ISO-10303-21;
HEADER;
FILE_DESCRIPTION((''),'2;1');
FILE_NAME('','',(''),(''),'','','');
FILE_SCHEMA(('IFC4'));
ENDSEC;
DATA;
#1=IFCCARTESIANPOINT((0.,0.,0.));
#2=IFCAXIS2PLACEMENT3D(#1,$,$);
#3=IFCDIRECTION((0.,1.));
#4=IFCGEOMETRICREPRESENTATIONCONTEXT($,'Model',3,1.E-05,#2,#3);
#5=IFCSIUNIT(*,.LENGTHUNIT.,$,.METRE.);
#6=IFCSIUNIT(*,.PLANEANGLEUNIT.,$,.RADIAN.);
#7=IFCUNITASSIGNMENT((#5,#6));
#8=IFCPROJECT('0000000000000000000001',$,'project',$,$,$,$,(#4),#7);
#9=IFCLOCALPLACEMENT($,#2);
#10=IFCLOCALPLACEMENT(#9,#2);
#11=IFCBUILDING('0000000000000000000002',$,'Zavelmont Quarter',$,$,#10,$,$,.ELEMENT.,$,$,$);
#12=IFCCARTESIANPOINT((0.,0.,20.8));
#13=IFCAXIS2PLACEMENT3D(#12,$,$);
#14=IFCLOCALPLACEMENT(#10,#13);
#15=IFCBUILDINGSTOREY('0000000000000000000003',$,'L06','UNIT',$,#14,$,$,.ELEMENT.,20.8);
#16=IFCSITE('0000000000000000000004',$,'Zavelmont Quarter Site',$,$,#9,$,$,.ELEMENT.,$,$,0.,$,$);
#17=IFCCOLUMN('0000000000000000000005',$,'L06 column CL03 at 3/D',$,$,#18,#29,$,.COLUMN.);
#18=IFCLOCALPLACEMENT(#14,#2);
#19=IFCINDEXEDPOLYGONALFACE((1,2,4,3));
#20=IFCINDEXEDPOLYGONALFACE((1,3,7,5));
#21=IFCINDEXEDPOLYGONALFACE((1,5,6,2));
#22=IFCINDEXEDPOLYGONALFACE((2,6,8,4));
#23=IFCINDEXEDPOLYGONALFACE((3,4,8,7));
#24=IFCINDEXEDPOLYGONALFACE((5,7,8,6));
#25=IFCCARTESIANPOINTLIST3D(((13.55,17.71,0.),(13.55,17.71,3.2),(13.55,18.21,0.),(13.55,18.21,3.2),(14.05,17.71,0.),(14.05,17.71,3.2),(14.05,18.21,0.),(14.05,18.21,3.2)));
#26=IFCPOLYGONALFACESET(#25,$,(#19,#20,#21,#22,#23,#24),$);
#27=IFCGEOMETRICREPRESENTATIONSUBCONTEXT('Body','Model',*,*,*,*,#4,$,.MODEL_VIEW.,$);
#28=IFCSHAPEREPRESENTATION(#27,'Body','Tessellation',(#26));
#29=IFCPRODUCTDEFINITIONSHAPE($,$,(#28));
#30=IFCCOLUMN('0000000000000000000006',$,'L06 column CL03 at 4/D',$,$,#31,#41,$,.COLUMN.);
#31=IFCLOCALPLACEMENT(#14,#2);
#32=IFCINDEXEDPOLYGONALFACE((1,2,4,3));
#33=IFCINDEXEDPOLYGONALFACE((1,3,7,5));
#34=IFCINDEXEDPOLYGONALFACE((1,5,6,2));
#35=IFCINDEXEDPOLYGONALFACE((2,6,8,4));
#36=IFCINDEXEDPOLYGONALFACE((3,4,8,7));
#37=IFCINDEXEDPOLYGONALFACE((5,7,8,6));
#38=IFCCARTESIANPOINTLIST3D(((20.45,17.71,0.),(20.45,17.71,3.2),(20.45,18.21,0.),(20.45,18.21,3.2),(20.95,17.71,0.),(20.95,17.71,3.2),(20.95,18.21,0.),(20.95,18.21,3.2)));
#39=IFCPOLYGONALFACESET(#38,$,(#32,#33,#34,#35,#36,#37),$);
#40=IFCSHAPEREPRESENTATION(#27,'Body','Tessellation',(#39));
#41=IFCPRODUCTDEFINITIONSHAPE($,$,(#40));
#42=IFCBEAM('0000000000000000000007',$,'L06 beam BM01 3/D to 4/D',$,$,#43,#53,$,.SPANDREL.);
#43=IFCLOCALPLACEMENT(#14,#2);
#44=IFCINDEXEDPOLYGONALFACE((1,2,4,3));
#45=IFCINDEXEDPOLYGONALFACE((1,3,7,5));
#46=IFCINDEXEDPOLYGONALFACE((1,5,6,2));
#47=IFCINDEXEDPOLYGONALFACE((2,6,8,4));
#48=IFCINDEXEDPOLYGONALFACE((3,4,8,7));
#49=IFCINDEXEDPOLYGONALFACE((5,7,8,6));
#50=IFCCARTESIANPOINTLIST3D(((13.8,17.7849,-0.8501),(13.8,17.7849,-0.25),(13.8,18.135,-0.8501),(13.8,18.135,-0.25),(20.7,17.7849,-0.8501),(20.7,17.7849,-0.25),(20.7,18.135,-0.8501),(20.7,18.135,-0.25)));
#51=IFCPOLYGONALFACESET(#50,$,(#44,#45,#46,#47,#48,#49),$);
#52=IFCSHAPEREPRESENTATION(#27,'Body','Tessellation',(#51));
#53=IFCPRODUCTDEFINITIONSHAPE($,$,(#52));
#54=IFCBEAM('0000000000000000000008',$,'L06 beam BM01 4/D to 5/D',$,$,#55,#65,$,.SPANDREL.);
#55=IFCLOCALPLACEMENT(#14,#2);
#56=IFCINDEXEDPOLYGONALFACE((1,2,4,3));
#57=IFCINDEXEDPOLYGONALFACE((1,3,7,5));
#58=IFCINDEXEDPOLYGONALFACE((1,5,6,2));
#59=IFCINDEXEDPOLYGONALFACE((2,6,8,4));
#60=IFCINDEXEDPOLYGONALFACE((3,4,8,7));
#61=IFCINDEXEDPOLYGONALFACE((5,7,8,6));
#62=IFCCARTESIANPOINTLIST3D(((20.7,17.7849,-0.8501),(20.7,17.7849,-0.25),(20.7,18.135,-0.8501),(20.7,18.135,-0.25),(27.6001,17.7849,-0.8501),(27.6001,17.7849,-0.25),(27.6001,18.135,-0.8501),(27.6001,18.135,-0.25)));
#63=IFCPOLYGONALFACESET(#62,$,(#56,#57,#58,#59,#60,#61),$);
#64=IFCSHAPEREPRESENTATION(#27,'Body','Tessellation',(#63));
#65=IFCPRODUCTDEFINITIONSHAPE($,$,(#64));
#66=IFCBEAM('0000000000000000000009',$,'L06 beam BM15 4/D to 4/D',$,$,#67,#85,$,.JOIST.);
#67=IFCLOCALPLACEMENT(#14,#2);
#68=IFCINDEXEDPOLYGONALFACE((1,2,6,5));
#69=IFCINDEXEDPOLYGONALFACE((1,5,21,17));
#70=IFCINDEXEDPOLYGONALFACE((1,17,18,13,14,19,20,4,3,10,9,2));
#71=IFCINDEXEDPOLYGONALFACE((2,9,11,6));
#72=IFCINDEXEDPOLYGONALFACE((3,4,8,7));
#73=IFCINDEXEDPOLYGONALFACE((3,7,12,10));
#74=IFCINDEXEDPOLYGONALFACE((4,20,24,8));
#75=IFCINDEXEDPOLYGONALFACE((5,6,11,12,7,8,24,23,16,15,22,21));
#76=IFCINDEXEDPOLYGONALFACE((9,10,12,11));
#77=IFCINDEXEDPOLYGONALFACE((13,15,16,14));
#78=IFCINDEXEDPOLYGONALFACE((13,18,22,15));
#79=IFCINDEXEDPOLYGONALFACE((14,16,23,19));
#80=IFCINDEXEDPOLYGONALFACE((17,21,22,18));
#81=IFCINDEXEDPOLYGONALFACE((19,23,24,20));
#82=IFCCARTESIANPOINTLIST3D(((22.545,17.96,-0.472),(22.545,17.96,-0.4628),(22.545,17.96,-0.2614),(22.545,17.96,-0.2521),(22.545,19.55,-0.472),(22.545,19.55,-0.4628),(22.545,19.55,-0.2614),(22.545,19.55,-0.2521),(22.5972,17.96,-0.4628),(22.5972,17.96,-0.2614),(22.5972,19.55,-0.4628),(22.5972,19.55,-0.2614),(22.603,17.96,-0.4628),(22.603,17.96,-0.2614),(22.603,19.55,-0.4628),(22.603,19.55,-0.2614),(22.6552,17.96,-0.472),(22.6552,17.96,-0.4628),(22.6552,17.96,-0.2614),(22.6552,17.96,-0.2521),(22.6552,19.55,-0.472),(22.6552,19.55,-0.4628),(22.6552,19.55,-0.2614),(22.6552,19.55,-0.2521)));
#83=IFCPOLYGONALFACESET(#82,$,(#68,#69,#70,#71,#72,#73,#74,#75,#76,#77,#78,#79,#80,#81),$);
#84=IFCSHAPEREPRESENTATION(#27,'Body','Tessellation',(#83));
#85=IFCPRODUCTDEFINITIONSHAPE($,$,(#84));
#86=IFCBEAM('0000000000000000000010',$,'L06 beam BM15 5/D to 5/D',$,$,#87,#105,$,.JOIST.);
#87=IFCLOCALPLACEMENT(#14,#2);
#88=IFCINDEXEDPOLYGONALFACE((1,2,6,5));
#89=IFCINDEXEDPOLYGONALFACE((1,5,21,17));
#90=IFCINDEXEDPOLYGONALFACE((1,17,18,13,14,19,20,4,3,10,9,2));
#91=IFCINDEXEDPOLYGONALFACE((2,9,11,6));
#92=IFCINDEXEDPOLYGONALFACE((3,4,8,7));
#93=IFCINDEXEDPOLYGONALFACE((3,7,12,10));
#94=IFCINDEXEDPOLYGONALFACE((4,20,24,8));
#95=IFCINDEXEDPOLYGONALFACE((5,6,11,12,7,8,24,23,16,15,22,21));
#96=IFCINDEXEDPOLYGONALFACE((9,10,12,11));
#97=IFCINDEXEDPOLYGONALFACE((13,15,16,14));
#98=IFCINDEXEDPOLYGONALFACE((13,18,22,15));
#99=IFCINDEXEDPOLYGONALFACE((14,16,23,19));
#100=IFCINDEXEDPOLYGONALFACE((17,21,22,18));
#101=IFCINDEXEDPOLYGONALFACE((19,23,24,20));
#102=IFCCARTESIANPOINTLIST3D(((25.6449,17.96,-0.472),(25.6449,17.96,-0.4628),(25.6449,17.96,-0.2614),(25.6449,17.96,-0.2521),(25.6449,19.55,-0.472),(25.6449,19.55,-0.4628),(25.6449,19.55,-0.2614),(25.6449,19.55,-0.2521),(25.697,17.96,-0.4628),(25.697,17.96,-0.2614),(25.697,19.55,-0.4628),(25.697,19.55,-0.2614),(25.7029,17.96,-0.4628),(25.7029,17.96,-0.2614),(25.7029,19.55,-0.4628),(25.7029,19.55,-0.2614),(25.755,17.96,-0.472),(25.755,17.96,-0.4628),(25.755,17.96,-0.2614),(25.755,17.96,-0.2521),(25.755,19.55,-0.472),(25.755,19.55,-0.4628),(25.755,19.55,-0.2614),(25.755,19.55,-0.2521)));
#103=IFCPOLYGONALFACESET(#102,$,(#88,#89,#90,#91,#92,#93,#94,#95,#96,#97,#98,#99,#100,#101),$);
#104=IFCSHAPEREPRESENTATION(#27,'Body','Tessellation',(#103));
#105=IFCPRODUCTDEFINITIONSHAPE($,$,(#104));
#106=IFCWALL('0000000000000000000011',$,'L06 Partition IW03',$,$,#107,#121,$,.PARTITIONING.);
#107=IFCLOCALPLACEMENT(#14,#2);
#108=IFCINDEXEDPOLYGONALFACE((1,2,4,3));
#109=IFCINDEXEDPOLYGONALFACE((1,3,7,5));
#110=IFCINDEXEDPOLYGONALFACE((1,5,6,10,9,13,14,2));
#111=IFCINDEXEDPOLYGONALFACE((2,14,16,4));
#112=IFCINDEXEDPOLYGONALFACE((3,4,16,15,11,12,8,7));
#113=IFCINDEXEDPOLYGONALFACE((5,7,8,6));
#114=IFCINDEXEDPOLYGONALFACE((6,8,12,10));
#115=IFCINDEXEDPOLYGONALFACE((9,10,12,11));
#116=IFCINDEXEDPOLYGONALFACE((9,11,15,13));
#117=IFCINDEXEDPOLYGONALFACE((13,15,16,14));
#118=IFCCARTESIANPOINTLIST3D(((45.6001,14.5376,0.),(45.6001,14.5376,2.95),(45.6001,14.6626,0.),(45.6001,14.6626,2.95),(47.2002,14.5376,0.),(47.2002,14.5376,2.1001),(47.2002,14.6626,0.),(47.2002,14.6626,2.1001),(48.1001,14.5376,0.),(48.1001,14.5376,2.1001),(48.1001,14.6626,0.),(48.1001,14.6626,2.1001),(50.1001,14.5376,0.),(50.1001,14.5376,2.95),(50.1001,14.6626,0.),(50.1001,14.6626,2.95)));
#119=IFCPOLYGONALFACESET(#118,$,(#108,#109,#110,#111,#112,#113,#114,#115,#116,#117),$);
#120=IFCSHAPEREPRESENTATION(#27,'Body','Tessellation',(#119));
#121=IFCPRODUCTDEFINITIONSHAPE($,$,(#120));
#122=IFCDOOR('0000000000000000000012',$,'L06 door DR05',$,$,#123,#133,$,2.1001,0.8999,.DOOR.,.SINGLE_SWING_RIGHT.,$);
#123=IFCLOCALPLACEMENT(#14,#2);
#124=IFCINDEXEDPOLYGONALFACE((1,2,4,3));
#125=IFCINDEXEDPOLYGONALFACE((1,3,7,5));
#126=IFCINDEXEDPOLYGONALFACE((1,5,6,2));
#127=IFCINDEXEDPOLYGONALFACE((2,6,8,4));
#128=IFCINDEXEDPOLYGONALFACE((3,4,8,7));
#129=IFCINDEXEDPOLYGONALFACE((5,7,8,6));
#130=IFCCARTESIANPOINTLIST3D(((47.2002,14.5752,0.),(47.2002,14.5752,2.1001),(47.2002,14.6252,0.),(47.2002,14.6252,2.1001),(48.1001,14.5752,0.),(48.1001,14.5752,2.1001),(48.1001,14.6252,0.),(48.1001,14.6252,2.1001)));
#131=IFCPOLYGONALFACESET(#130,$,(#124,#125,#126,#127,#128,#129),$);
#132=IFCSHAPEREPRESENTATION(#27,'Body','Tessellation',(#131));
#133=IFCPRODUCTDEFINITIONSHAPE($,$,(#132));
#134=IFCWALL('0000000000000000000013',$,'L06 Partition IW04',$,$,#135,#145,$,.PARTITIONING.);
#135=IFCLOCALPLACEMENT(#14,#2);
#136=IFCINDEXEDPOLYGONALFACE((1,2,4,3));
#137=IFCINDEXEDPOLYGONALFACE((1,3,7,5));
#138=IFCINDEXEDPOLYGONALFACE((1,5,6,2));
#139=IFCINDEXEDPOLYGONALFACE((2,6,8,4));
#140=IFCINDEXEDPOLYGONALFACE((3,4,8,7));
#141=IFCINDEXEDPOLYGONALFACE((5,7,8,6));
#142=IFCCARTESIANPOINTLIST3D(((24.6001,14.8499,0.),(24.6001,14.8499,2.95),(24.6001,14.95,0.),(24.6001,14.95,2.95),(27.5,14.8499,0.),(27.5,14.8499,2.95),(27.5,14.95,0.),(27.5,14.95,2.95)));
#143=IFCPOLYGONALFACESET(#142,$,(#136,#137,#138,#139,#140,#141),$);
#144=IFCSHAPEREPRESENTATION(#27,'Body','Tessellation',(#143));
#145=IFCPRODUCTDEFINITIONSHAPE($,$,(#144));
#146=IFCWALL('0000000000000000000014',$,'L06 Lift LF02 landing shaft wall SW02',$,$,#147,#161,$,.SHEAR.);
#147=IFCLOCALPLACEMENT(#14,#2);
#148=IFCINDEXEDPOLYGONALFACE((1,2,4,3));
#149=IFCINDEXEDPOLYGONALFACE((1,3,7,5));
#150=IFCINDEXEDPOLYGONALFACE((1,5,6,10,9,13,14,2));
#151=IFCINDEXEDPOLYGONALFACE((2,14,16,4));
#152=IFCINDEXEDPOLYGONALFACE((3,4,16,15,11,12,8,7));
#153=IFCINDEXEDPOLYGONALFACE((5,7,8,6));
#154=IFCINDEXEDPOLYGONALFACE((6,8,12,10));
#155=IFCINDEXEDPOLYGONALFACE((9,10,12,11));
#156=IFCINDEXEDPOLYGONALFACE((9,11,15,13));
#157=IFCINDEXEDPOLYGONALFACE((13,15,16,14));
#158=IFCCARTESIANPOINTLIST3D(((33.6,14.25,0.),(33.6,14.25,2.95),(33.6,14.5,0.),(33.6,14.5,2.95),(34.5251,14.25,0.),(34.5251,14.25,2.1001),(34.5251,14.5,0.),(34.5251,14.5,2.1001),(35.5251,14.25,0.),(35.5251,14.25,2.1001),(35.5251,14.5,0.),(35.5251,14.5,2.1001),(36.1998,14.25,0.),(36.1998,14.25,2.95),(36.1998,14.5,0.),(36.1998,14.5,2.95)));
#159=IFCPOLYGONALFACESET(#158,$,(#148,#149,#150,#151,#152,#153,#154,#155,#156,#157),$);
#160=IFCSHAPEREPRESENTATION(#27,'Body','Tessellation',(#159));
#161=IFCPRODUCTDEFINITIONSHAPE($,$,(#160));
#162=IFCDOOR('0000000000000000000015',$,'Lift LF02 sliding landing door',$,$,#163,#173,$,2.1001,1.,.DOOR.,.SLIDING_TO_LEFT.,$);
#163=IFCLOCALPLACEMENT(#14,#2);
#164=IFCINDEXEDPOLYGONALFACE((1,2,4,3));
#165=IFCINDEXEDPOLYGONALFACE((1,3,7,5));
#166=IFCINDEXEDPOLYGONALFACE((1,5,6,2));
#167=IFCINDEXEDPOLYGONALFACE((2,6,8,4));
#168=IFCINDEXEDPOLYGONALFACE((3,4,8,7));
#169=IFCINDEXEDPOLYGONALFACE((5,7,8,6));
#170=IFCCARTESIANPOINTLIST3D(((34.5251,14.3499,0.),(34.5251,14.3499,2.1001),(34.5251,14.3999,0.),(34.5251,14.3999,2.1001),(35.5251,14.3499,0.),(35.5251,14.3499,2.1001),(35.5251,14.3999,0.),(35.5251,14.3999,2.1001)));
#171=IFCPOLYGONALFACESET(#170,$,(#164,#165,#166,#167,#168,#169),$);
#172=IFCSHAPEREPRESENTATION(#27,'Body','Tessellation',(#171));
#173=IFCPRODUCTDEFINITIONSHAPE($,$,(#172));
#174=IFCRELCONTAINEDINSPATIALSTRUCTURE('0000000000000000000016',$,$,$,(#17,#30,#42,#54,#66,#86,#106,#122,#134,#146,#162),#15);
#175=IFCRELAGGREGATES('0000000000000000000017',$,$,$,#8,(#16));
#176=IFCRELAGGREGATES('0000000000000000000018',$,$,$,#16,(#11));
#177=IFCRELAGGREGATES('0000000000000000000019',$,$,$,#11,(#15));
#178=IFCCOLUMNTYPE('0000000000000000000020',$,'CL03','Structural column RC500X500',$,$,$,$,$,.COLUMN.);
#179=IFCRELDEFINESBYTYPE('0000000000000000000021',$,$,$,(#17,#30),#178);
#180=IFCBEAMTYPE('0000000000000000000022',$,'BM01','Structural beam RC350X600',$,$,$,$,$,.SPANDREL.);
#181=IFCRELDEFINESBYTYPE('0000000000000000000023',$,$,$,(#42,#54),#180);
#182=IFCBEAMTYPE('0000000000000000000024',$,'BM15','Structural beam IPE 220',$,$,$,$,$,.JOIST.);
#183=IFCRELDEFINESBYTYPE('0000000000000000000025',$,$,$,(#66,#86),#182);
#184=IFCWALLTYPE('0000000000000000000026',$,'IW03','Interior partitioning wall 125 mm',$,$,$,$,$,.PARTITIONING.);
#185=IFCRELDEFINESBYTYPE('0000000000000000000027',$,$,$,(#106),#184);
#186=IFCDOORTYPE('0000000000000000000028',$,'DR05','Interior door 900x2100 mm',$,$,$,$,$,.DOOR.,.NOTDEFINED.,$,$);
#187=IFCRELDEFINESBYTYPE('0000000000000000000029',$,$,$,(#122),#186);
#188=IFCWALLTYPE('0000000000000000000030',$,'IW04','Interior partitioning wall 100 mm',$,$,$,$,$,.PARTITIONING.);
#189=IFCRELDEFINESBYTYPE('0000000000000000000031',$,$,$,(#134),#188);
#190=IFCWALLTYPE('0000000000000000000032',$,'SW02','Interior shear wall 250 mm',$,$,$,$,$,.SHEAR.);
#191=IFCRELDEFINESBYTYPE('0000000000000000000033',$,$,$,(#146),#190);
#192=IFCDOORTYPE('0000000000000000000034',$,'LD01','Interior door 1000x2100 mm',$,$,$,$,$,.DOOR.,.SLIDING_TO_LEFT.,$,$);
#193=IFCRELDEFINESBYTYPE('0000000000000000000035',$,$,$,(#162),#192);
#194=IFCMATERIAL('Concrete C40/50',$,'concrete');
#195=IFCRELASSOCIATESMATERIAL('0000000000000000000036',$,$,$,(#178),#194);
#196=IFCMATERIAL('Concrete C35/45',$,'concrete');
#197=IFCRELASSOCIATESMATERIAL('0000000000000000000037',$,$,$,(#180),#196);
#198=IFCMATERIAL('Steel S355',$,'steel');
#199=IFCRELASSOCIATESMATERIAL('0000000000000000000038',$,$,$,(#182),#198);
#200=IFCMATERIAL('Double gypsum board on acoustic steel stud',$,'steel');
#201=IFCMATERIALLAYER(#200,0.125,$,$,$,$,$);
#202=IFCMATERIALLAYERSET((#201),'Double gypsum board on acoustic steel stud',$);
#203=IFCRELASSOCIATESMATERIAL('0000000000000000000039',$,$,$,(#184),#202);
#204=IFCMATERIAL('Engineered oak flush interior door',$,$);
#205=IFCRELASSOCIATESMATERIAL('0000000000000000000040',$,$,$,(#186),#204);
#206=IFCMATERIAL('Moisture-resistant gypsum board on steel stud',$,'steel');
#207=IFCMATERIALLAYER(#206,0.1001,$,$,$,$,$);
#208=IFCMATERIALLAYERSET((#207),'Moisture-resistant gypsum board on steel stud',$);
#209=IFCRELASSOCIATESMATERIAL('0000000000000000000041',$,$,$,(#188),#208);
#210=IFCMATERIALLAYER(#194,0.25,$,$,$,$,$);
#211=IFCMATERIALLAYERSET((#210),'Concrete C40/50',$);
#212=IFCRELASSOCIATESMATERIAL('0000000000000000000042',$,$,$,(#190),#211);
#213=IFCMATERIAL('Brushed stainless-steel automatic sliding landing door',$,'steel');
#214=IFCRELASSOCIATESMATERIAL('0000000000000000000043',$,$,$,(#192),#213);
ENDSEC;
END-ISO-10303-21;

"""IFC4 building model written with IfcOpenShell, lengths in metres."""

from ifc_helpers import new_model, si_unit, direction, frame, frame_2d, origin, origin_with_axes, origin_2d, place, context, subcontext, project, spatial, rectangle, i_section, extrude, material, layer, layer_set, material_profile, profile_set, type_object, element, fill, save


model = new_model("IFC4")

# Units and contexts
model_context = context("Model", 3, precision=1e-05, world=origin(), true_north=direction((0.0, 1.0)))
body_context = subcontext(model_context, "Body", "Model", "MODEL_VIEW")
ifc_project = project(units=[si_unit("LENGTHUNIT", "METRE"), si_unit("PLANEANGLEUNIT", "RADIAN")], contexts=[model_context])

# Site, building, storey
site_placement = place(None, origin())
site = spatial("IfcSite", under=ifc_project, at=site_placement, Name="Zavelmont Quarter Site", CompositionType="ELEMENT", RefElevation=0.0)
building_placement = place(site_placement, origin())
building = spatial("IfcBuilding", under=site, at=building_placement, Name="Zavelmont Quarter", CompositionType="ELEMENT")
storey_placement = place(building_placement, frame((0.0, 0.0, 20.8)))
storey = spatial("IfcBuildingStorey", under=building, at=storey_placement, Name="L06", Description="UNIT", CompositionType="ELEMENT", Elevation=20.8)

# Columns
ifc_material_1 = material(Name="Concrete C40/50", Category="concrete")
ifc_material_profile_1 = material_profile(ifc_material_1, rectangle(XDim=0.5, YDim=0.5, at=origin_2d()), Name="RC500X500")
ifc_profile_set_1 = profile_set([ifc_material_profile_1], Name="Concrete C40/50")
column_type = type_object("IfcColumnType", Name="CL03", Description="Structural column RC500X500", PredefinedType="COLUMN", material=ifc_profile_set_1)
for number, where, z_axis, x_axis, name in (
    (1, (13.8, 17.96, 0.0), (0.0, 0.0, 1.0), (1.0, 0.0, 0.0), "L06 column CL03 at 3/D"),
    (2, (20.7, 17.96, 0.0), (0.0, 0.0, 1.0), (1.0, 0.0, 0.0), "L06 column CL03 at 4/D"),
):
    element("IfcColumn", number, at=place(storey_placement, frame(where, z_axis=z_axis, x_axis=x_axis)), inside=storey, type_object=column_type, Name=name, PredefinedType="COLUMN", context=body_context, shape_type="SweptSolid", body=[
        extrude(rectangle(XDim=0.5, YDim=0.5, at=origin_2d()), origin(), (0.0, 0.0, 1.0), 3.2),
    ])

# Beams
ifc_material_2 = material(Name="Concrete C35/45", Category="concrete")
ifc_material_profile_2 = material_profile(ifc_material_2, rectangle(XDim=0.3501, YDim=0.6001, at=origin_2d()), Name="RC350X600")
ifc_profile_set_2 = profile_set([ifc_material_profile_2], Name="Concrete C35/45")
beam_type_1 = type_object("IfcBeamType", Name="BM01", Description="Structural beam RC350X600", PredefinedType="SPANDREL", material=ifc_profile_set_2)
beam_1_placement = place(storey_placement, frame((13.8, 17.96, -0.55), z_axis=(1.0, 0.0, 0.0), x_axis=(0.0, 1.0, 0.0)))
element("IfcBeam", 3, at=beam_1_placement, inside=storey, type_object=beam_type_1, Name="L06 beam BM01 3/D to 4/D", PredefinedType="SPANDREL", context=body_context, shape_type="SweptSolid", body=[
    extrude(rectangle(XDim=0.3501, YDim=0.6001, at=origin_2d()), origin(), (0.0, 0.0, 1.0), 6.8999),
])
beam_2_placement = place(storey_placement, frame((20.7, 17.96, -0.55), z_axis=(1.0, 0.0, 0.0), x_axis=(0.0, 1.0, 0.0)))
element("IfcBeam", 4, at=beam_2_placement, inside=storey, type_object=beam_type_1, Name="L06 beam BM01 4/D to 5/D", PredefinedType="SPANDREL", context=body_context, shape_type="SweptSolid", body=[
    extrude(rectangle(XDim=0.3501, YDim=0.6001, at=origin_2d()), origin(), (0.0, 0.0, 1.0), 6.9001),
])
ifc_material_3 = material(Name="Steel S355", Category="steel")
ifc_material_profile_3 = material_profile(ifc_material_3, i_section(OverallWidth=0.1101, OverallDepth=0.22, WebThickness=0.0059, FlangeThickness=0.0093, at=origin_2d()), Name="IPE 220")
ifc_profile_set_3 = profile_set([ifc_material_profile_3], Name="Steel S355")
beam_type_2 = type_object("IfcBeamType", Name="BM15", Description="Structural beam IPE 220", PredefinedType="JOIST", material=ifc_profile_set_3)
for number, where, z_axis, x_axis, name in (
    (5, (22.6001, 17.96, -0.3621), (0.0, 1.0, 0.0), (-1.0, 0.0, 0.0), "L06 beam BM15 4/D to 4/D"),
    (6, (25.7, 17.96, -0.3621), (0.0, 1.0, 0.0), (-1.0, 0.0, 0.0), "L06 beam BM15 5/D to 5/D"),
):
    element("IfcBeam", number, at=place(storey_placement, frame(where, z_axis=z_axis, x_axis=x_axis)), inside=storey, type_object=beam_type_2, Name=name, PredefinedType="JOIST", context=body_context, shape_type="SweptSolid", body=[
        extrude(i_section(OverallWidth=0.1101, OverallDepth=0.22, WebThickness=0.0059, FlangeThickness=0.0093, at=origin_2d()), origin(), (0.0, 0.0, 1.0), 1.5901),
    ])

# Wall, opening, door
ifc_material_4 = material(Name="Double gypsum board on acoustic steel stud", Category="steel")
ifc_layer_1 = layer(ifc_material_4, 0.125)
ifc_layer_set_1 = layer_set([ifc_layer_1], Name="Double gypsum board on acoustic steel stud")
wall_type_1 = type_object("IfcWallType", Name="IW03", Description="Interior partitioning wall 125 mm", PredefinedType="PARTITIONING", material=ifc_layer_set_1)
wall_1_placement = place(storey_placement, frame((45.6001, 14.6001, 0.0), z_axis=(0.0, 0.0, 1.0), x_axis=(1.0, 0.0, 0.0)))
wall_1 = element("IfcWall", 7, at=wall_1_placement, inside=storey, type_object=wall_type_1, Name="L06 Partition IW03", PredefinedType="PARTITIONING", context=body_context, shape_type="SweptSolid", body=[
    extrude(rectangle(XDim=4.5, YDim=0.125, at=frame_2d((2.25, 0.0))), origin(), (0.0, 0.0, 1.0), 2.95),
])
opening_1_placement = place(wall_1_placement, frame((1.6001, 0.0, 0.0)))
opening_1 = element("IfcOpeningElement", 8, at=opening_1_placement, cuts=wall_1, PredefinedType="OPENING", context=body_context, shape_type="SweptSolid", body=[
    extrude(rectangle(XDim=0.8999, YDim=2.1001, at=frame_2d((0.45, 1.05))), frame((0.0, 0.0745, 0.0), z_axis=(0.0, -1.0, 0.0), x_axis=(1.0, 0.0, 0.0)), (0.0, 0.0, 1.0), 0.1489),
])
ifc_material_5 = material(Name="Engineered oak flush interior door")
door_type_1 = type_object("IfcDoorType", Name="DR05", Description="Interior door 900x2100 mm", OperationType="NOTDEFINED", PredefinedType="DOOR", material=ifc_material_5)
door_1_placement = place(opening_1_placement, frame((0.8999, 0.0, 0.0), z_axis=(0.0, 0.0, 1.0), x_axis=(-1.0, 0.0, 0.0)))
door_1 = element("IfcDoor", 9, at=door_1_placement, inside=storey, type_object=door_type_1, Name="L06 door DR05", OperationType="SINGLE_SWING_RIGHT", OverallHeight=2.1001, OverallWidth=0.8999, PredefinedType="DOOR", context=body_context, shape_type="SweptSolid", body=[
    extrude(rectangle(XDim=0.8999, YDim=2.1001, at=frame_2d((0.45, 1.05))), frame((0.0, 0.0249, 0.0), z_axis=(0.0, -1.0, 0.0), x_axis=(1.0, 0.0, 0.0)), (0.0, 0.0, 1.0), 0.05),
])
fill(opening_1, door_1)

# Wall
ifc_material_6 = material(Name="Moisture-resistant gypsum board on steel stud", Category="steel")
ifc_layer_2 = layer(ifc_material_6, 0.1001)
ifc_layer_set_2 = layer_set([ifc_layer_2], Name="Moisture-resistant gypsum board on steel stud")
wall_type_2 = type_object("IfcWallType", Name="IW04", Description="Interior partitioning wall 100 mm", PredefinedType="PARTITIONING", material=ifc_layer_set_2)
wall_2_placement = place(storey_placement, frame((24.6001, 14.8999, 0.0), z_axis=(0.0, 0.0, 1.0), x_axis=(1.0, 0.0, 0.0)))
element("IfcWall", 10, at=wall_2_placement, inside=storey, type_object=wall_type_2, Name="L06 Partition IW04", PredefinedType="PARTITIONING", context=body_context, shape_type="SweptSolid", body=[
    extrude(rectangle(XDim=2.8999, YDim=0.1001, at=frame_2d((1.45, 0.0))), origin(), (0.0, 0.0, 1.0), 2.95),
])

# Wall, opening, door
ifc_layer_3 = layer(ifc_material_1, 0.25)
ifc_layer_set_3 = layer_set([ifc_layer_3], Name="Concrete C40/50")
wall_type_3 = type_object("IfcWallType", Name="SW02", Description="Interior shear wall 250 mm", PredefinedType="SHEAR", material=ifc_layer_set_3)
wall_3_placement = place(storey_placement, frame((33.6001, 14.375, 0.0), z_axis=(0.0, 0.0, 1.0), x_axis=(1.0, 0.0, 0.0)))
wall_3 = element("IfcWall", 11, at=wall_3_placement, inside=storey, type_object=wall_type_3, Name="L06 Lift LF02 landing shaft wall SW02", PredefinedType="SHEAR", context=body_context, shape_type="SweptSolid", body=[
    extrude(rectangle(XDim=2.5999, YDim=0.25, at=frame_2d((1.2998, 0.0))), origin(), (0.0, 0.0, 1.0), 2.95),
])
opening_2_placement = place(wall_3_placement, frame((0.925, 0.0, 0.0)))
opening_2 = element("IfcOpeningElement", 12, at=opening_2_placement, cuts=wall_3, PredefinedType="OPENING", context=body_context, shape_type="SweptSolid", body=[
    extrude(rectangle(XDim=1.0, YDim=2.1001, at=frame_2d((0.5, 1.05))), frame((0.0, 0.137, 0.0), z_axis=(0.0, -1.0, 0.0), x_axis=(1.0, 0.0, 0.0)), (0.0, 0.0, 1.0), 0.2739),
])
ifc_material_7 = material(Name="Brushed stainless-steel automatic sliding landing door", Category="steel")
door_type_2 = type_object("IfcDoorType", Name="LD01", Description="Interior door 1000x2100 mm", OperationType="SLIDING_TO_LEFT", PredefinedType="DOOR", material=ifc_material_7)
door_2_placement = place(opening_2_placement, origin_with_axes())
door_2 = element("IfcDoor", 13, at=door_2_placement, inside=storey, type_object=door_type_2, Name="Lift LF02 sliding landing door", OperationType="SLIDING_TO_LEFT", OverallHeight=2.1001, OverallWidth=1.0, PredefinedType="DOOR", context=body_context, shape_type="SweptSolid", body=[
    extrude(rectangle(XDim=1.0, YDim=2.1001, at=frame_2d((0.5, 1.05))), frame((0.0, 0.0249, 0.0), z_axis=(0.0, -1.0, 0.0), x_axis=(1.0, 0.0, 0.0)), (0.0, 0.0, 1.0), 0.05),
])
fill(opening_2, door_2)

save(model, "model.ifc")
